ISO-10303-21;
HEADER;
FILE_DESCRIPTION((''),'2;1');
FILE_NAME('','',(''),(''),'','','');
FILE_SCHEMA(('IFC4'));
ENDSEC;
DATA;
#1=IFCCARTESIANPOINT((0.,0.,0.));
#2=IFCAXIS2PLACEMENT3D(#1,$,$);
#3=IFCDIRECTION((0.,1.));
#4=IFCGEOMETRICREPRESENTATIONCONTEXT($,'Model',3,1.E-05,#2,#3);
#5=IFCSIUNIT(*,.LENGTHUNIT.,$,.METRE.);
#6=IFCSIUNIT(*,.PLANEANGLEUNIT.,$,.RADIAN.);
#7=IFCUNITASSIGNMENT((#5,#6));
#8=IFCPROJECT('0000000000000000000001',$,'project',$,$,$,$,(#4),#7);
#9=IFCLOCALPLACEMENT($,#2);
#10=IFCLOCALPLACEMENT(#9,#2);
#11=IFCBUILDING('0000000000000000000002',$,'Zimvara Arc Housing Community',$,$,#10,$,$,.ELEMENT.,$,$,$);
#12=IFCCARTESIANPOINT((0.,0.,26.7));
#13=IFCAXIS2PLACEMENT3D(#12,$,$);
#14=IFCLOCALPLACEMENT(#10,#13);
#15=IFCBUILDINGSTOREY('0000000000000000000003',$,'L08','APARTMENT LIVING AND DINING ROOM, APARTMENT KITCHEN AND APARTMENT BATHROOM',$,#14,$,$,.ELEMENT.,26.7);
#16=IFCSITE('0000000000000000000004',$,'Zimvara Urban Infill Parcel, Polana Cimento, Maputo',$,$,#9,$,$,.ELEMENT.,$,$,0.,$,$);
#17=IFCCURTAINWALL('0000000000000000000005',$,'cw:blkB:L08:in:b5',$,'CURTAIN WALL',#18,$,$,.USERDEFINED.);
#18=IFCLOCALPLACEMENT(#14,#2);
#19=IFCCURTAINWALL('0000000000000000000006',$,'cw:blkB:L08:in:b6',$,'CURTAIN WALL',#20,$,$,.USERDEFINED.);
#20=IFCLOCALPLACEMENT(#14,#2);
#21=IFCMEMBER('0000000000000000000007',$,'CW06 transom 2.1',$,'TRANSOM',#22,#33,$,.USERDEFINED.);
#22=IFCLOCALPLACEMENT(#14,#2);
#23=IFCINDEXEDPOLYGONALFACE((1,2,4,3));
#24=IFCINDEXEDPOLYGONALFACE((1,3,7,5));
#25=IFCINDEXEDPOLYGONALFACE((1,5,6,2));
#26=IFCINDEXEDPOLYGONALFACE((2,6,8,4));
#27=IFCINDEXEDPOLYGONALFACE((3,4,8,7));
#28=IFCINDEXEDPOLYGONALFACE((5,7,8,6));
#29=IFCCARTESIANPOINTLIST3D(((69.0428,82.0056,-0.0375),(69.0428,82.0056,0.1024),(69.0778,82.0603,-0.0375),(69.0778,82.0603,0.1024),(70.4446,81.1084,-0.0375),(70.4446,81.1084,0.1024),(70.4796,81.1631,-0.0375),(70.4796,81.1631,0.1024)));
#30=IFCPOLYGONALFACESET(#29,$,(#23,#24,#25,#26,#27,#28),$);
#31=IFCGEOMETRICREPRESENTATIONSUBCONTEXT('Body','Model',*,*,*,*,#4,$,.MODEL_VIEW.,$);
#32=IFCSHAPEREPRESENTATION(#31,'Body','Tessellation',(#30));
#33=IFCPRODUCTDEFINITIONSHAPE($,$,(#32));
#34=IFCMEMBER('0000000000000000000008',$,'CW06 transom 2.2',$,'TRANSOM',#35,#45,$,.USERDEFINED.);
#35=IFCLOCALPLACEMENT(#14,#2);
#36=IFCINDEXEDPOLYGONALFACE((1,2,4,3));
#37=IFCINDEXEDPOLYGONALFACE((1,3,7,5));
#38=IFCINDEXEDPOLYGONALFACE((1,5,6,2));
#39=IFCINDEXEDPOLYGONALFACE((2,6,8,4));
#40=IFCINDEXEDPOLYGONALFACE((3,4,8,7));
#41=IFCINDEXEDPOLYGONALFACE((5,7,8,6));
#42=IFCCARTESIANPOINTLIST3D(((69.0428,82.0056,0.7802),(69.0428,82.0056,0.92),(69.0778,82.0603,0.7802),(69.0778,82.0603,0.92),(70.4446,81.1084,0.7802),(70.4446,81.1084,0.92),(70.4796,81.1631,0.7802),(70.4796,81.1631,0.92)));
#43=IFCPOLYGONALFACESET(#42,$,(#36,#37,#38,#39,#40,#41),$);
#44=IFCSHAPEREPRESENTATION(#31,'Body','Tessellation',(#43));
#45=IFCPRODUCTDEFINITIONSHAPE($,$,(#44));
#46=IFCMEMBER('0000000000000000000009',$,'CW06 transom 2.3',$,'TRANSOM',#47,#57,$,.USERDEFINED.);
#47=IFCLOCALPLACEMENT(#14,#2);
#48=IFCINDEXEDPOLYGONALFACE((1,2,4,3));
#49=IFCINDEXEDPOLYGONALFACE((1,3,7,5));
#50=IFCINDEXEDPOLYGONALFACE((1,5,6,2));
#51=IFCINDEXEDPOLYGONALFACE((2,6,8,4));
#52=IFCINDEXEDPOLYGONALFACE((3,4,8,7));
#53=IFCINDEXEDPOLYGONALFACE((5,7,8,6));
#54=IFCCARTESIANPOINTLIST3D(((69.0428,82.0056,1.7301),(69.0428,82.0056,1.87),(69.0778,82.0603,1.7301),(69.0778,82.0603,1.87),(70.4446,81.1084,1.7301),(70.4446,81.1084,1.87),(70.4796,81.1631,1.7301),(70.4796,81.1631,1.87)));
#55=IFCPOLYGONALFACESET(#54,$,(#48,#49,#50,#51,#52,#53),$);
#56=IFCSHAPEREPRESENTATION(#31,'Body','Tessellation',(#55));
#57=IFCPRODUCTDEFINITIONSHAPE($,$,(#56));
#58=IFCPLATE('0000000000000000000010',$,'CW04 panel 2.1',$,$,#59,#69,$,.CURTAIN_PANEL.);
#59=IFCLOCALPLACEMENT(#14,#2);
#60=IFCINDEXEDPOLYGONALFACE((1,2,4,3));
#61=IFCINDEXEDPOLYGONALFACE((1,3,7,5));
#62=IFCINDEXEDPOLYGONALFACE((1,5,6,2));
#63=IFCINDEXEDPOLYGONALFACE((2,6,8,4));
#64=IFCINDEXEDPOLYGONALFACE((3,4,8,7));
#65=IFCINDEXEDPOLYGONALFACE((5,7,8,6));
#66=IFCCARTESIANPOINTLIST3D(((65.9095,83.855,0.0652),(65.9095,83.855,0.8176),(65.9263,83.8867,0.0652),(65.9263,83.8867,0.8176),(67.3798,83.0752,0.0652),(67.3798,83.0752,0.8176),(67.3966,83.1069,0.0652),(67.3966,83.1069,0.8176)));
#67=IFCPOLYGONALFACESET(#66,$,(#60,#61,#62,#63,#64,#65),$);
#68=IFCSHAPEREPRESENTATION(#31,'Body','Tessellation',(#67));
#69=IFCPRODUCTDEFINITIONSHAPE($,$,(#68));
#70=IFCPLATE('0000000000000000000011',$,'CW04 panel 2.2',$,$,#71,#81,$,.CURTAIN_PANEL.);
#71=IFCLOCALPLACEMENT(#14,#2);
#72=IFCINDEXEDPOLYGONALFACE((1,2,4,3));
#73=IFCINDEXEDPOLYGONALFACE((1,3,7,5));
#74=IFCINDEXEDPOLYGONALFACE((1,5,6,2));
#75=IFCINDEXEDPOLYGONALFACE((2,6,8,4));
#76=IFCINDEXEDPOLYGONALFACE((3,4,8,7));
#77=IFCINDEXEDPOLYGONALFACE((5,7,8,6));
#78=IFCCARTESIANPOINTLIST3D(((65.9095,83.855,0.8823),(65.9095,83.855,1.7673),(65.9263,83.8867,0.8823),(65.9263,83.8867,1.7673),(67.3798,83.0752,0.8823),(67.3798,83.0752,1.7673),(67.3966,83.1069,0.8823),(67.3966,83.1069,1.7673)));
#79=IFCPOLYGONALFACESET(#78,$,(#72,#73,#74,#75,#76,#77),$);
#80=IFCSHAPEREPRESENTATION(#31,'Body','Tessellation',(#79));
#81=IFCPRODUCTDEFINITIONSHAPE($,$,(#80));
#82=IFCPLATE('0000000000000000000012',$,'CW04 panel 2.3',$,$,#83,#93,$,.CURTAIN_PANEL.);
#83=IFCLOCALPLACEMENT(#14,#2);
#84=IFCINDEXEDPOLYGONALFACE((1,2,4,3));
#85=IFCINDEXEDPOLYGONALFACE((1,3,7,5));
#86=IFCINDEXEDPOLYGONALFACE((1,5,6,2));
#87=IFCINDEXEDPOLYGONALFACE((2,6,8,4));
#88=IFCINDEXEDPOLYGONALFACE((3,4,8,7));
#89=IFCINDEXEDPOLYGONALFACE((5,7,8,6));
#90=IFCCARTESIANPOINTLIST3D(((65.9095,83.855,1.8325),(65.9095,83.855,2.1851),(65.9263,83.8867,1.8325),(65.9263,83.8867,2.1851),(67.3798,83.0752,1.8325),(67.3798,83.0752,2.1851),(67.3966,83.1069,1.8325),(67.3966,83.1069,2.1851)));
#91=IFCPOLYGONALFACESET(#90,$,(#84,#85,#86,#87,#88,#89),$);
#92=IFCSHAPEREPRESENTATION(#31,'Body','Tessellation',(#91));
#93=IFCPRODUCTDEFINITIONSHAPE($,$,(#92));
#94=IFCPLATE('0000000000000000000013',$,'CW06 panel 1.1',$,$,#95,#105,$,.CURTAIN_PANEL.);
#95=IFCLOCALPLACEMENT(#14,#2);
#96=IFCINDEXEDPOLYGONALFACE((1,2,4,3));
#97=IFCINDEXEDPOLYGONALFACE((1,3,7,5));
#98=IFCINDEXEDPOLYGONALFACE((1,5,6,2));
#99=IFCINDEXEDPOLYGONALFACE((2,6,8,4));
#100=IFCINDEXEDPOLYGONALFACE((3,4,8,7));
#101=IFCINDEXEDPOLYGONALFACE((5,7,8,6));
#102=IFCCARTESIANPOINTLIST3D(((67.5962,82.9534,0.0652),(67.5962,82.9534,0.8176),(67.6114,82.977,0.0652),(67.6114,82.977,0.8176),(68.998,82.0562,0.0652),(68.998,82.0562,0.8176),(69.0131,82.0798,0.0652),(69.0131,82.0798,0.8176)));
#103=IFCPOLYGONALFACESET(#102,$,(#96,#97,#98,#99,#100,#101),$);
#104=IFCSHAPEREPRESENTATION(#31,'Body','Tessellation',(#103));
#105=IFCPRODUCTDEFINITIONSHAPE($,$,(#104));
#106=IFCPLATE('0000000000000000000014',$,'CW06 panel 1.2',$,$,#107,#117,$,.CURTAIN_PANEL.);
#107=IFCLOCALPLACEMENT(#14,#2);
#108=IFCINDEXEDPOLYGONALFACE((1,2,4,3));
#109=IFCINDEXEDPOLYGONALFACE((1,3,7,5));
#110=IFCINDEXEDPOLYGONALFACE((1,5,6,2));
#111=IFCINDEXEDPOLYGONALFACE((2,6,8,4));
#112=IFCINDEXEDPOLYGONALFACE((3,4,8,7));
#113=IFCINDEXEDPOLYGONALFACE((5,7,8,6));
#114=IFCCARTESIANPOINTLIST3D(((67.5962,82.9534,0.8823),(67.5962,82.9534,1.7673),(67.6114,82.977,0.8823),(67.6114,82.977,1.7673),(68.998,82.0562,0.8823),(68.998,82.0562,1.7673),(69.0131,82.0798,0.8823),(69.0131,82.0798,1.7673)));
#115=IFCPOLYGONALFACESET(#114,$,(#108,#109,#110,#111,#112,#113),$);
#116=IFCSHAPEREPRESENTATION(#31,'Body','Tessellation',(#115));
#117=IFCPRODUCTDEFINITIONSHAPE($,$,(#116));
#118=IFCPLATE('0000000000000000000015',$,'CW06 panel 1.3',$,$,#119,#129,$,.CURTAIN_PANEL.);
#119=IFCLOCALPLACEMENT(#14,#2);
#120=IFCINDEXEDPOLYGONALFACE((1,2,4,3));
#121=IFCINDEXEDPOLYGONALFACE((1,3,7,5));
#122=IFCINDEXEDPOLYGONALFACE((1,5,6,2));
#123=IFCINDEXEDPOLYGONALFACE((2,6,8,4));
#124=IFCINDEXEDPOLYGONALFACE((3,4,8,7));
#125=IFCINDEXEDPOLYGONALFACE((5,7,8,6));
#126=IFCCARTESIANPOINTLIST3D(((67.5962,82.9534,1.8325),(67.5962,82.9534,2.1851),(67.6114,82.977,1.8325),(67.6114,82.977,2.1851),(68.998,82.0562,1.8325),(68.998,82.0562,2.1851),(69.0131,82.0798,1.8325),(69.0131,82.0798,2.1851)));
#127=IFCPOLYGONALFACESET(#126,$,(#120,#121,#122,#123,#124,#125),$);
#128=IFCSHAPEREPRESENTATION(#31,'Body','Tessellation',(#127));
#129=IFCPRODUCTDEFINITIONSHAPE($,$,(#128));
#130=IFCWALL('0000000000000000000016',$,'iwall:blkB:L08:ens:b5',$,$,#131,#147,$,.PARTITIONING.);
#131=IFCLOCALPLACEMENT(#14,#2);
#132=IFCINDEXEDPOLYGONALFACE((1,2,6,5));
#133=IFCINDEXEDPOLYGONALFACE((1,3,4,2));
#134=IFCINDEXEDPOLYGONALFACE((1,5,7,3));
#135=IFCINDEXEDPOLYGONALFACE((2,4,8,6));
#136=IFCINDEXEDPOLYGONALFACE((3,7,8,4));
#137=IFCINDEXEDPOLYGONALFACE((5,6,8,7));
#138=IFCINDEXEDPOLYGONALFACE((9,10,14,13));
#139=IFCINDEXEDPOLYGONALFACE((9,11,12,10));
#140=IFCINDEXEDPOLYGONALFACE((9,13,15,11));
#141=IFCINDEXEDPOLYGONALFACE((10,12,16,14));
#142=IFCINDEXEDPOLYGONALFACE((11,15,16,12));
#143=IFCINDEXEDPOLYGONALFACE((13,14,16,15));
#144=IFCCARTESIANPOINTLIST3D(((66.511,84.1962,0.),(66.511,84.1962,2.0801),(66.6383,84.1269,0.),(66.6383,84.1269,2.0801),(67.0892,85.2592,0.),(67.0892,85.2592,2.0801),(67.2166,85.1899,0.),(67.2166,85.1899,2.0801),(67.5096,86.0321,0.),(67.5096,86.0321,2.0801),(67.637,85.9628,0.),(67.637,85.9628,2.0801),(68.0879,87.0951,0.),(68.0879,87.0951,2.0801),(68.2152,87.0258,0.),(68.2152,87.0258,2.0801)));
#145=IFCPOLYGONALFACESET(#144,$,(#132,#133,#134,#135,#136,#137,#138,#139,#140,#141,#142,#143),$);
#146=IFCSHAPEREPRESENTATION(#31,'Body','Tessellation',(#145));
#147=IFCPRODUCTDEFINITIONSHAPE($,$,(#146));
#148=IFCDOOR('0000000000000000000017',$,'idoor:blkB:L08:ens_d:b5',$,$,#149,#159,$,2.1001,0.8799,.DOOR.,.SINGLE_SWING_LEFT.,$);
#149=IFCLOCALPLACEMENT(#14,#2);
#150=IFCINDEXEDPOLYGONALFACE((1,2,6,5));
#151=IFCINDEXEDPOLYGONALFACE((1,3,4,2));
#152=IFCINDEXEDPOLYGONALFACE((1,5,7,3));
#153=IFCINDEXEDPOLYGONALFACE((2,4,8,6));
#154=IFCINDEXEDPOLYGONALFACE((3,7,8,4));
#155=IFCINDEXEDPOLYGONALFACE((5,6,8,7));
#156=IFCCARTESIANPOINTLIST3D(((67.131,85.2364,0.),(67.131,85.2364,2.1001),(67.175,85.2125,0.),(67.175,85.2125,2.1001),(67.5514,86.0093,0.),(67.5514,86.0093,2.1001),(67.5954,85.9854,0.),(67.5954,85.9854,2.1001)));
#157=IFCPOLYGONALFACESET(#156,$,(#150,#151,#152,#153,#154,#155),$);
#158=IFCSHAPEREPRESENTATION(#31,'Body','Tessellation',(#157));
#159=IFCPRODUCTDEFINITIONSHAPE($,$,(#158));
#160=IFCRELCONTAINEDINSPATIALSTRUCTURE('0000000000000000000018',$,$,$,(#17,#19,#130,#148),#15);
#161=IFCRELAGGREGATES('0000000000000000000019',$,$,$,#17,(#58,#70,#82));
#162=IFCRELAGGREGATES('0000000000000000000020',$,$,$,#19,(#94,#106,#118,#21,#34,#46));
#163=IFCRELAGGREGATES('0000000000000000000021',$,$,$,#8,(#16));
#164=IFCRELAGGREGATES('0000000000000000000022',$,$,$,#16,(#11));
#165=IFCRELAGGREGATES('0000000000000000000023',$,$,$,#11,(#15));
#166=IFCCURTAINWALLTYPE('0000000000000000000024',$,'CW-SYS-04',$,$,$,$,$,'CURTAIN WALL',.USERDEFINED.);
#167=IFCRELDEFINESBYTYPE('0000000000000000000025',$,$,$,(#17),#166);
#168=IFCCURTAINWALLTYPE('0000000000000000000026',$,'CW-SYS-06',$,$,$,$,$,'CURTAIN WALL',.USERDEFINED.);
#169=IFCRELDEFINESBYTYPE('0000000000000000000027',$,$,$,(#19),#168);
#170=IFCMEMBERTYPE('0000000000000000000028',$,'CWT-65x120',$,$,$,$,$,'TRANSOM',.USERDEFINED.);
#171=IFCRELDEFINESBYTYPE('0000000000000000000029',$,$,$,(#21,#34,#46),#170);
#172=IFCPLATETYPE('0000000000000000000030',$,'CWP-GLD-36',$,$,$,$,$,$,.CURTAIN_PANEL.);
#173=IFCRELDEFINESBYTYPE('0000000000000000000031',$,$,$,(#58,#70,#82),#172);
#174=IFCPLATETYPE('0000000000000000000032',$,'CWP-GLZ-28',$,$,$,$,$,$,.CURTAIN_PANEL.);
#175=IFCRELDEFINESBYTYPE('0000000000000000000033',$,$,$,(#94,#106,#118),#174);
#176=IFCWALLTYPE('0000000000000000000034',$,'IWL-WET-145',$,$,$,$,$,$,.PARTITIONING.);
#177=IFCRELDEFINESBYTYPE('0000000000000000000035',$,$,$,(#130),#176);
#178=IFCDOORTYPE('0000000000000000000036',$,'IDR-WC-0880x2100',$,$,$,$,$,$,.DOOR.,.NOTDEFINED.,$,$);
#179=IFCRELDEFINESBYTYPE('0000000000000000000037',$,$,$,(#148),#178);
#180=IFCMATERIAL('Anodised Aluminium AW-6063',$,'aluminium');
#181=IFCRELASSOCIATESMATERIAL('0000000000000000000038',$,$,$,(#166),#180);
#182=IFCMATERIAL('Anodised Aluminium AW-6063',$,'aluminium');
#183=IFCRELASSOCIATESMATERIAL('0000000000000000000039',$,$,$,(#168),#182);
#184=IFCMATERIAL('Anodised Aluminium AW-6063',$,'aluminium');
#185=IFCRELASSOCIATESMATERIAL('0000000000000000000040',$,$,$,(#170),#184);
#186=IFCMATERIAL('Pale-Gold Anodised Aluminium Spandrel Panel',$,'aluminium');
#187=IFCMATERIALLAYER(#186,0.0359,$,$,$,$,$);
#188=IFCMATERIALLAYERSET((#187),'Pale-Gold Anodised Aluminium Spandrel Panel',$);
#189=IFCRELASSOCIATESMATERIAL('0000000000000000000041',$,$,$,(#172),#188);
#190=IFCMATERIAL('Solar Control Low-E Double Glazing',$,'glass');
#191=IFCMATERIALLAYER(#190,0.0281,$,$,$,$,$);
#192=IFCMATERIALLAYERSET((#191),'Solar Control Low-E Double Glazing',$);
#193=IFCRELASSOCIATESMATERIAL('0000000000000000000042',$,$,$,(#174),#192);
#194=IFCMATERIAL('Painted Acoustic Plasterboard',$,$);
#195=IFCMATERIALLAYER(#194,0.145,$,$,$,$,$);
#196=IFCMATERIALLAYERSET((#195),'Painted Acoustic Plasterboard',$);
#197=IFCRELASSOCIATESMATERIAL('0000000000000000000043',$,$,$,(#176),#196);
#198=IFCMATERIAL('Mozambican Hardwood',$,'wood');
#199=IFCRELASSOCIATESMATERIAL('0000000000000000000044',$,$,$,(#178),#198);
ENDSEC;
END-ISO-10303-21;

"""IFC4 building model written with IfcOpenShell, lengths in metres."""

from ifc_helpers import new_model, si_unit, direction, frame, frame_2d, origin, origin_2d, place, context, subcontext, project, spatial, rectangle, extrude, material, layer, layer_set, material_profile, profile_set, type_object, element, fill, aggregate, save


model = new_model("IFC4")

# Units and contexts
model_context = context("Model", 3, precision=1e-05, world=origin(), true_north=direction((0.0, 1.0)))
body_context = subcontext(model_context, "Body", "Model", "MODEL_VIEW")
ifc_project = project(units=[si_unit("LENGTHUNIT", "METRE"), si_unit("PLANEANGLEUNIT", "RADIAN")], contexts=[model_context])

# Site, building, storey
site_placement = place(None, origin())
site = spatial("IfcSite", under=ifc_project, at=site_placement, Name="Zimvara Urban Infill Parcel, Polana Cimento, Maputo", CompositionType="ELEMENT", RefElevation=0.0)
building_placement = place(site_placement, origin())
building = spatial("IfcBuilding", under=site, at=building_placement, Name="Zimvara Arc Housing Community", CompositionType="ELEMENT")
storey_placement = place(building_placement, frame((0.0, 0.0, 26.7)))
storey = spatial("IfcBuildingStorey", under=building, at=storey_placement, Name="L08", Description="APARTMENT LIVING AND DINING ROOM, APARTMENT KITCHEN AND APARTMENT BATHROOM", CompositionType="ELEMENT", Elevation=26.7)

# Curtain wall
ifc_material_1 = material(Name="Anodised Aluminium AW-6063", Category="aluminium")
curtain_wall_type_1 = type_object("IfcCurtainWallType", Name="CW-SYS-04", ElementType="CURTAIN WALL", PredefinedType="USERDEFINED", material=ifc_material_1)
curtain_wall_1_placement = place(storey_placement, origin())
curtain_wall_1 = element("IfcCurtainWall", 1, at=curtain_wall_1_placement, inside=storey, type_object=curtain_wall_type_1, Name="cw:blkB:L08:in:b5", ObjectType="CURTAIN WALL", PredefinedType="USERDEFINED")

# Curtain wall
ifc_material_2 = material(Name="Anodised Aluminium AW-6063", Category="aluminium")
curtain_wall_type_2 = type_object("IfcCurtainWallType", Name="CW-SYS-06", ElementType="CURTAIN WALL", PredefinedType="USERDEFINED", material=ifc_material_2)
curtain_wall_2_placement = place(storey_placement, origin())
curtain_wall_2 = element("IfcCurtainWall", 2, at=curtain_wall_2_placement, inside=storey, type_object=curtain_wall_type_2, Name="cw:blkB:L08:in:b6", ObjectType="CURTAIN WALL", PredefinedType="USERDEFINED")

# Members
ifc_material_3 = material(Name="Anodised Aluminium AW-6063", Category="aluminium")
ifc_material_profile_1 = material_profile(ifc_material_3, rectangle(XDim=0.0649, YDim=0.1399, at=origin_2d()), Name="ALU 65x140")
ifc_profile_set_1 = profile_set([ifc_material_profile_1], Name="Anodised Aluminium AW-6063")
member_type_1 = type_object("IfcMemberType", Name="CWT-65x120", ElementType="TRANSOM", PredefinedType="USERDEFINED", material=ifc_profile_set_1)
member_1_placement = place(storey_placement, frame((69.0603, 82.033, 0.0325), z_axis=(0.842263, -0.539066, 0.0), x_axis=(0.539066, 0.842263, 0.0)))
member_1 = element("IfcMember", 3, at=member_1_placement, type_object=member_type_1, Name="CW06 transom 2.1", ObjectType="TRANSOM", PredefinedType="USERDEFINED", context=body_context, shape_type="SweptSolid", body=[
    extrude(rectangle(XDim=0.0649, YDim=0.1399, at=origin_2d()), origin(), (0.0, 0.0, 1.0), 1.6643),
])
member_2_placement = place(storey_placement, frame((69.0603, 82.033, 0.8501), z_axis=(0.842263, -0.539066, 0.0), x_axis=(0.539066, 0.842263, 0.0)))
member_2 = element("IfcMember", 4, at=member_2_placement, type_object=member_type_1, Name="CW06 transom 2.2", ObjectType="TRANSOM", PredefinedType="USERDEFINED", context=body_context, shape_type="SweptSolid", body=[
    extrude(rectangle(XDim=0.0649, YDim=0.1399, at=origin_2d()), origin(), (0.0, 0.0, 1.0), 1.6643),
])
member_3_placement = place(storey_placement, frame((69.0603, 82.033, 1.8), z_axis=(0.842263, -0.539066, 0.0), x_axis=(0.539066, 0.842263, 0.0)))
member_3 = element("IfcMember", 5, at=member_3_placement, type_object=member_type_1, Name="CW06 transom 2.3", ObjectType="TRANSOM", PredefinedType="USERDEFINED", context=body_context, shape_type="SweptSolid", body=[
    extrude(rectangle(XDim=0.0649, YDim=0.1399, at=origin_2d()), origin(), (0.0, 0.0, 1.0), 1.6643),
])

# Plates
ifc_material_4 = material(Name="Pale-Gold Anodised Aluminium Spandrel Panel", Category="aluminium")
ifc_layer_1 = layer(ifc_material_4, 0.0359)
ifc_layer_set_1 = layer_set([ifc_layer_1], Name="Pale-Gold Anodised Aluminium Spandrel Panel")
plate_type_1 = type_object("IfcPlateType", Name="CWP-GLD-36", PredefinedType="CURTAIN_PANEL", material=ifc_layer_set_1)
plate_1_placement = place(storey_placement, frame((66.6531, 83.481, 0.0652), z_axis=(0.0, 0.0, 1.0), x_axis=(0.88344, -0.468545, 0.0)))
plate_1 = element("IfcPlate", 6, at=plate_1_placement, type_object=plate_type_1, Name="CW04 panel 2.1", PredefinedType="CURTAIN_PANEL", context=body_context, shape_type="SweptSolid", body=[
    extrude(rectangle(XDim=1.6643, YDim=0.0359, at=origin_2d()), origin(), (0.0, 0.0, 1.0), 0.7524),
])
plate_2_placement = place(storey_placement, frame((66.6531, 83.481, 0.8823), z_axis=(0.0, 0.0, 1.0), x_axis=(0.88344, -0.468545, 0.0)))
plate_2 = element("IfcPlate", 7, at=plate_2_placement, type_object=plate_type_1, Name="CW04 panel 2.2", PredefinedType="CURTAIN_PANEL", context=body_context, shape_type="SweptSolid", body=[
    extrude(rectangle(XDim=1.6643, YDim=0.0359, at=origin_2d()), origin(), (0.0, 0.0, 1.0), 0.885),
])
plate_3_placement = place(storey_placement, frame((66.6531, 83.481, 1.8325), z_axis=(0.0, 0.0, 1.0), x_axis=(0.88344, -0.468545, 0.0)))
plate_3 = element("IfcPlate", 8, at=plate_3_placement, type_object=plate_type_1, Name="CW04 panel 2.3", PredefinedType="CURTAIN_PANEL", context=body_context, shape_type="SweptSolid", body=[
    extrude(rectangle(XDim=1.6643, YDim=0.0359, at=origin_2d()), origin(), (0.0, 0.0, 1.0), 0.3525),
])
aggregate(curtain_wall_1, [plate_1, plate_2, plate_3])
ifc_material_5 = material(Name="Solar Control Low-E Double Glazing", Category="glass")
ifc_layer_2 = layer(ifc_material_5, 0.0281)
ifc_layer_set_2 = layer_set([ifc_layer_2], Name="Solar Control Low-E Double Glazing")
plate_type_2 = type_object("IfcPlateType", Name="CWP-GLZ-28", PredefinedType="CURTAIN_PANEL", material=ifc_layer_set_2)
plate_4_placement = place(storey_placement, frame((68.3047, 82.5166, 0.0652), z_axis=(0.0, 0.0, 1.0), x_axis=(0.842265, -0.539064, 0.0)))
plate_4 = element("IfcPlate", 9, at=plate_4_placement, type_object=plate_type_2, Name="CW06 panel 1.1", PredefinedType="CURTAIN_PANEL", context=body_context, shape_type="SweptSolid", body=[
    extrude(rectangle(XDim=1.6643, YDim=0.0281, at=origin_2d()), origin(), (0.0, 0.0, 1.0), 0.7524),
])
plate_5_placement = place(storey_placement, frame((68.3047, 82.5166, 0.8823), z_axis=(0.0, 0.0, 1.0), x_axis=(0.842265, -0.539064, 0.0)))
plate_5 = element("IfcPlate", 10, at=plate_5_placement, type_object=plate_type_2, Name="CW06 panel 1.2", PredefinedType="CURTAIN_PANEL", context=body_context, shape_type="SweptSolid", body=[
    extrude(rectangle(XDim=1.6643, YDim=0.0281, at=origin_2d()), origin(), (0.0, 0.0, 1.0), 0.885),
])
plate_6_placement = place(storey_placement, frame((68.3047, 82.5166, 1.8325), z_axis=(0.0, 0.0, 1.0), x_axis=(0.842265, -0.539064, 0.0)))
plate_6 = element("IfcPlate", 11, at=plate_6_placement, type_object=plate_type_2, Name="CW06 panel 1.3", PredefinedType="CURTAIN_PANEL", context=body_context, shape_type="SweptSolid", body=[
    extrude(rectangle(XDim=1.6643, YDim=0.0281, at=origin_2d()), origin(), (0.0, 0.0, 1.0), 0.3525),
])
aggregate(curtain_wall_2, [plate_4, plate_5, plate_6, member_1, member_2, member_3])

# Wall, opening, door
ifc_material_6 = material(Name="Painted Acoustic Plasterboard")
ifc_layer_3 = layer(ifc_material_6, 0.145)
ifc_layer_set_3 = layer_set([ifc_layer_3], Name="Painted Acoustic Plasterboard")
wall_type = type_object("IfcWallType", Name="IWL-WET-145", PredefinedType="PARTITIONING", material=ifc_layer_set_3)
wall_placement = place(storey_placement, frame((66.5747, 84.1616, 0.0), z_axis=(0.0, 0.0, 1.0), x_axis=(0.477841, 0.878446, 0.0)))
wall = element("IfcWall", 12, at=wall_placement, inside=storey, type_object=wall_type, Name="iwall:blkB:L08:ens:b5", PredefinedType="PARTITIONING", context=body_context, shape_type="SweptSolid", body=[
    extrude(rectangle(XDim=3.3, YDim=0.145, at=frame_2d((1.6499, 0.0))), origin(), (0.0, 0.0, 1.0), 2.0801),
])
opening_placement = place(wall_placement, frame((1.21, 0.0, 0.0)))
opening = element("IfcOpeningElement", 13, at=opening_placement, cuts=wall, PredefinedType="OPENING", context=body_context, shape_type="SweptSolid", body=[
    extrude(rectangle(XDim=0.8799, YDim=2.1001, at=frame_2d((0.4399, 1.05))), frame((0.0, 0.0825, 0.0), z_axis=(0.0, -1.0, 0.0), x_axis=(1.0, 0.0, 0.0)), (0.0, 0.0, 1.0), 0.165),
])
ifc_material_7 = material(Name="Mozambican Hardwood", Category="wood")
door_type = type_object("IfcDoorType", Name="IDR-WC-0880x2100", OperationType="NOTDEFINED", PredefinedType="DOOR", material=ifc_material_7)
door_placement = place(opening_placement, origin())
door = element("IfcDoor", 14, at=door_placement, inside=storey, type_object=door_type, Name="idoor:blkB:L08:ens_d:b5", OperationType="SINGLE_SWING_LEFT", OverallHeight=2.1001, OverallWidth=0.8799, PredefinedType="DOOR", context=body_context, shape_type="SweptSolid", body=[
    extrude(rectangle(XDim=0.8799, YDim=2.1001, at=frame_2d((0.4399, 1.05))), frame((0.0, 0.0249, 0.0), z_axis=(0.0, -1.0, 0.0), x_axis=(1.0, 0.0, 0.0)), (0.0, 0.0, 1.0), 0.05),
])
fill(opening, door)

save(model, "model.ifc")
